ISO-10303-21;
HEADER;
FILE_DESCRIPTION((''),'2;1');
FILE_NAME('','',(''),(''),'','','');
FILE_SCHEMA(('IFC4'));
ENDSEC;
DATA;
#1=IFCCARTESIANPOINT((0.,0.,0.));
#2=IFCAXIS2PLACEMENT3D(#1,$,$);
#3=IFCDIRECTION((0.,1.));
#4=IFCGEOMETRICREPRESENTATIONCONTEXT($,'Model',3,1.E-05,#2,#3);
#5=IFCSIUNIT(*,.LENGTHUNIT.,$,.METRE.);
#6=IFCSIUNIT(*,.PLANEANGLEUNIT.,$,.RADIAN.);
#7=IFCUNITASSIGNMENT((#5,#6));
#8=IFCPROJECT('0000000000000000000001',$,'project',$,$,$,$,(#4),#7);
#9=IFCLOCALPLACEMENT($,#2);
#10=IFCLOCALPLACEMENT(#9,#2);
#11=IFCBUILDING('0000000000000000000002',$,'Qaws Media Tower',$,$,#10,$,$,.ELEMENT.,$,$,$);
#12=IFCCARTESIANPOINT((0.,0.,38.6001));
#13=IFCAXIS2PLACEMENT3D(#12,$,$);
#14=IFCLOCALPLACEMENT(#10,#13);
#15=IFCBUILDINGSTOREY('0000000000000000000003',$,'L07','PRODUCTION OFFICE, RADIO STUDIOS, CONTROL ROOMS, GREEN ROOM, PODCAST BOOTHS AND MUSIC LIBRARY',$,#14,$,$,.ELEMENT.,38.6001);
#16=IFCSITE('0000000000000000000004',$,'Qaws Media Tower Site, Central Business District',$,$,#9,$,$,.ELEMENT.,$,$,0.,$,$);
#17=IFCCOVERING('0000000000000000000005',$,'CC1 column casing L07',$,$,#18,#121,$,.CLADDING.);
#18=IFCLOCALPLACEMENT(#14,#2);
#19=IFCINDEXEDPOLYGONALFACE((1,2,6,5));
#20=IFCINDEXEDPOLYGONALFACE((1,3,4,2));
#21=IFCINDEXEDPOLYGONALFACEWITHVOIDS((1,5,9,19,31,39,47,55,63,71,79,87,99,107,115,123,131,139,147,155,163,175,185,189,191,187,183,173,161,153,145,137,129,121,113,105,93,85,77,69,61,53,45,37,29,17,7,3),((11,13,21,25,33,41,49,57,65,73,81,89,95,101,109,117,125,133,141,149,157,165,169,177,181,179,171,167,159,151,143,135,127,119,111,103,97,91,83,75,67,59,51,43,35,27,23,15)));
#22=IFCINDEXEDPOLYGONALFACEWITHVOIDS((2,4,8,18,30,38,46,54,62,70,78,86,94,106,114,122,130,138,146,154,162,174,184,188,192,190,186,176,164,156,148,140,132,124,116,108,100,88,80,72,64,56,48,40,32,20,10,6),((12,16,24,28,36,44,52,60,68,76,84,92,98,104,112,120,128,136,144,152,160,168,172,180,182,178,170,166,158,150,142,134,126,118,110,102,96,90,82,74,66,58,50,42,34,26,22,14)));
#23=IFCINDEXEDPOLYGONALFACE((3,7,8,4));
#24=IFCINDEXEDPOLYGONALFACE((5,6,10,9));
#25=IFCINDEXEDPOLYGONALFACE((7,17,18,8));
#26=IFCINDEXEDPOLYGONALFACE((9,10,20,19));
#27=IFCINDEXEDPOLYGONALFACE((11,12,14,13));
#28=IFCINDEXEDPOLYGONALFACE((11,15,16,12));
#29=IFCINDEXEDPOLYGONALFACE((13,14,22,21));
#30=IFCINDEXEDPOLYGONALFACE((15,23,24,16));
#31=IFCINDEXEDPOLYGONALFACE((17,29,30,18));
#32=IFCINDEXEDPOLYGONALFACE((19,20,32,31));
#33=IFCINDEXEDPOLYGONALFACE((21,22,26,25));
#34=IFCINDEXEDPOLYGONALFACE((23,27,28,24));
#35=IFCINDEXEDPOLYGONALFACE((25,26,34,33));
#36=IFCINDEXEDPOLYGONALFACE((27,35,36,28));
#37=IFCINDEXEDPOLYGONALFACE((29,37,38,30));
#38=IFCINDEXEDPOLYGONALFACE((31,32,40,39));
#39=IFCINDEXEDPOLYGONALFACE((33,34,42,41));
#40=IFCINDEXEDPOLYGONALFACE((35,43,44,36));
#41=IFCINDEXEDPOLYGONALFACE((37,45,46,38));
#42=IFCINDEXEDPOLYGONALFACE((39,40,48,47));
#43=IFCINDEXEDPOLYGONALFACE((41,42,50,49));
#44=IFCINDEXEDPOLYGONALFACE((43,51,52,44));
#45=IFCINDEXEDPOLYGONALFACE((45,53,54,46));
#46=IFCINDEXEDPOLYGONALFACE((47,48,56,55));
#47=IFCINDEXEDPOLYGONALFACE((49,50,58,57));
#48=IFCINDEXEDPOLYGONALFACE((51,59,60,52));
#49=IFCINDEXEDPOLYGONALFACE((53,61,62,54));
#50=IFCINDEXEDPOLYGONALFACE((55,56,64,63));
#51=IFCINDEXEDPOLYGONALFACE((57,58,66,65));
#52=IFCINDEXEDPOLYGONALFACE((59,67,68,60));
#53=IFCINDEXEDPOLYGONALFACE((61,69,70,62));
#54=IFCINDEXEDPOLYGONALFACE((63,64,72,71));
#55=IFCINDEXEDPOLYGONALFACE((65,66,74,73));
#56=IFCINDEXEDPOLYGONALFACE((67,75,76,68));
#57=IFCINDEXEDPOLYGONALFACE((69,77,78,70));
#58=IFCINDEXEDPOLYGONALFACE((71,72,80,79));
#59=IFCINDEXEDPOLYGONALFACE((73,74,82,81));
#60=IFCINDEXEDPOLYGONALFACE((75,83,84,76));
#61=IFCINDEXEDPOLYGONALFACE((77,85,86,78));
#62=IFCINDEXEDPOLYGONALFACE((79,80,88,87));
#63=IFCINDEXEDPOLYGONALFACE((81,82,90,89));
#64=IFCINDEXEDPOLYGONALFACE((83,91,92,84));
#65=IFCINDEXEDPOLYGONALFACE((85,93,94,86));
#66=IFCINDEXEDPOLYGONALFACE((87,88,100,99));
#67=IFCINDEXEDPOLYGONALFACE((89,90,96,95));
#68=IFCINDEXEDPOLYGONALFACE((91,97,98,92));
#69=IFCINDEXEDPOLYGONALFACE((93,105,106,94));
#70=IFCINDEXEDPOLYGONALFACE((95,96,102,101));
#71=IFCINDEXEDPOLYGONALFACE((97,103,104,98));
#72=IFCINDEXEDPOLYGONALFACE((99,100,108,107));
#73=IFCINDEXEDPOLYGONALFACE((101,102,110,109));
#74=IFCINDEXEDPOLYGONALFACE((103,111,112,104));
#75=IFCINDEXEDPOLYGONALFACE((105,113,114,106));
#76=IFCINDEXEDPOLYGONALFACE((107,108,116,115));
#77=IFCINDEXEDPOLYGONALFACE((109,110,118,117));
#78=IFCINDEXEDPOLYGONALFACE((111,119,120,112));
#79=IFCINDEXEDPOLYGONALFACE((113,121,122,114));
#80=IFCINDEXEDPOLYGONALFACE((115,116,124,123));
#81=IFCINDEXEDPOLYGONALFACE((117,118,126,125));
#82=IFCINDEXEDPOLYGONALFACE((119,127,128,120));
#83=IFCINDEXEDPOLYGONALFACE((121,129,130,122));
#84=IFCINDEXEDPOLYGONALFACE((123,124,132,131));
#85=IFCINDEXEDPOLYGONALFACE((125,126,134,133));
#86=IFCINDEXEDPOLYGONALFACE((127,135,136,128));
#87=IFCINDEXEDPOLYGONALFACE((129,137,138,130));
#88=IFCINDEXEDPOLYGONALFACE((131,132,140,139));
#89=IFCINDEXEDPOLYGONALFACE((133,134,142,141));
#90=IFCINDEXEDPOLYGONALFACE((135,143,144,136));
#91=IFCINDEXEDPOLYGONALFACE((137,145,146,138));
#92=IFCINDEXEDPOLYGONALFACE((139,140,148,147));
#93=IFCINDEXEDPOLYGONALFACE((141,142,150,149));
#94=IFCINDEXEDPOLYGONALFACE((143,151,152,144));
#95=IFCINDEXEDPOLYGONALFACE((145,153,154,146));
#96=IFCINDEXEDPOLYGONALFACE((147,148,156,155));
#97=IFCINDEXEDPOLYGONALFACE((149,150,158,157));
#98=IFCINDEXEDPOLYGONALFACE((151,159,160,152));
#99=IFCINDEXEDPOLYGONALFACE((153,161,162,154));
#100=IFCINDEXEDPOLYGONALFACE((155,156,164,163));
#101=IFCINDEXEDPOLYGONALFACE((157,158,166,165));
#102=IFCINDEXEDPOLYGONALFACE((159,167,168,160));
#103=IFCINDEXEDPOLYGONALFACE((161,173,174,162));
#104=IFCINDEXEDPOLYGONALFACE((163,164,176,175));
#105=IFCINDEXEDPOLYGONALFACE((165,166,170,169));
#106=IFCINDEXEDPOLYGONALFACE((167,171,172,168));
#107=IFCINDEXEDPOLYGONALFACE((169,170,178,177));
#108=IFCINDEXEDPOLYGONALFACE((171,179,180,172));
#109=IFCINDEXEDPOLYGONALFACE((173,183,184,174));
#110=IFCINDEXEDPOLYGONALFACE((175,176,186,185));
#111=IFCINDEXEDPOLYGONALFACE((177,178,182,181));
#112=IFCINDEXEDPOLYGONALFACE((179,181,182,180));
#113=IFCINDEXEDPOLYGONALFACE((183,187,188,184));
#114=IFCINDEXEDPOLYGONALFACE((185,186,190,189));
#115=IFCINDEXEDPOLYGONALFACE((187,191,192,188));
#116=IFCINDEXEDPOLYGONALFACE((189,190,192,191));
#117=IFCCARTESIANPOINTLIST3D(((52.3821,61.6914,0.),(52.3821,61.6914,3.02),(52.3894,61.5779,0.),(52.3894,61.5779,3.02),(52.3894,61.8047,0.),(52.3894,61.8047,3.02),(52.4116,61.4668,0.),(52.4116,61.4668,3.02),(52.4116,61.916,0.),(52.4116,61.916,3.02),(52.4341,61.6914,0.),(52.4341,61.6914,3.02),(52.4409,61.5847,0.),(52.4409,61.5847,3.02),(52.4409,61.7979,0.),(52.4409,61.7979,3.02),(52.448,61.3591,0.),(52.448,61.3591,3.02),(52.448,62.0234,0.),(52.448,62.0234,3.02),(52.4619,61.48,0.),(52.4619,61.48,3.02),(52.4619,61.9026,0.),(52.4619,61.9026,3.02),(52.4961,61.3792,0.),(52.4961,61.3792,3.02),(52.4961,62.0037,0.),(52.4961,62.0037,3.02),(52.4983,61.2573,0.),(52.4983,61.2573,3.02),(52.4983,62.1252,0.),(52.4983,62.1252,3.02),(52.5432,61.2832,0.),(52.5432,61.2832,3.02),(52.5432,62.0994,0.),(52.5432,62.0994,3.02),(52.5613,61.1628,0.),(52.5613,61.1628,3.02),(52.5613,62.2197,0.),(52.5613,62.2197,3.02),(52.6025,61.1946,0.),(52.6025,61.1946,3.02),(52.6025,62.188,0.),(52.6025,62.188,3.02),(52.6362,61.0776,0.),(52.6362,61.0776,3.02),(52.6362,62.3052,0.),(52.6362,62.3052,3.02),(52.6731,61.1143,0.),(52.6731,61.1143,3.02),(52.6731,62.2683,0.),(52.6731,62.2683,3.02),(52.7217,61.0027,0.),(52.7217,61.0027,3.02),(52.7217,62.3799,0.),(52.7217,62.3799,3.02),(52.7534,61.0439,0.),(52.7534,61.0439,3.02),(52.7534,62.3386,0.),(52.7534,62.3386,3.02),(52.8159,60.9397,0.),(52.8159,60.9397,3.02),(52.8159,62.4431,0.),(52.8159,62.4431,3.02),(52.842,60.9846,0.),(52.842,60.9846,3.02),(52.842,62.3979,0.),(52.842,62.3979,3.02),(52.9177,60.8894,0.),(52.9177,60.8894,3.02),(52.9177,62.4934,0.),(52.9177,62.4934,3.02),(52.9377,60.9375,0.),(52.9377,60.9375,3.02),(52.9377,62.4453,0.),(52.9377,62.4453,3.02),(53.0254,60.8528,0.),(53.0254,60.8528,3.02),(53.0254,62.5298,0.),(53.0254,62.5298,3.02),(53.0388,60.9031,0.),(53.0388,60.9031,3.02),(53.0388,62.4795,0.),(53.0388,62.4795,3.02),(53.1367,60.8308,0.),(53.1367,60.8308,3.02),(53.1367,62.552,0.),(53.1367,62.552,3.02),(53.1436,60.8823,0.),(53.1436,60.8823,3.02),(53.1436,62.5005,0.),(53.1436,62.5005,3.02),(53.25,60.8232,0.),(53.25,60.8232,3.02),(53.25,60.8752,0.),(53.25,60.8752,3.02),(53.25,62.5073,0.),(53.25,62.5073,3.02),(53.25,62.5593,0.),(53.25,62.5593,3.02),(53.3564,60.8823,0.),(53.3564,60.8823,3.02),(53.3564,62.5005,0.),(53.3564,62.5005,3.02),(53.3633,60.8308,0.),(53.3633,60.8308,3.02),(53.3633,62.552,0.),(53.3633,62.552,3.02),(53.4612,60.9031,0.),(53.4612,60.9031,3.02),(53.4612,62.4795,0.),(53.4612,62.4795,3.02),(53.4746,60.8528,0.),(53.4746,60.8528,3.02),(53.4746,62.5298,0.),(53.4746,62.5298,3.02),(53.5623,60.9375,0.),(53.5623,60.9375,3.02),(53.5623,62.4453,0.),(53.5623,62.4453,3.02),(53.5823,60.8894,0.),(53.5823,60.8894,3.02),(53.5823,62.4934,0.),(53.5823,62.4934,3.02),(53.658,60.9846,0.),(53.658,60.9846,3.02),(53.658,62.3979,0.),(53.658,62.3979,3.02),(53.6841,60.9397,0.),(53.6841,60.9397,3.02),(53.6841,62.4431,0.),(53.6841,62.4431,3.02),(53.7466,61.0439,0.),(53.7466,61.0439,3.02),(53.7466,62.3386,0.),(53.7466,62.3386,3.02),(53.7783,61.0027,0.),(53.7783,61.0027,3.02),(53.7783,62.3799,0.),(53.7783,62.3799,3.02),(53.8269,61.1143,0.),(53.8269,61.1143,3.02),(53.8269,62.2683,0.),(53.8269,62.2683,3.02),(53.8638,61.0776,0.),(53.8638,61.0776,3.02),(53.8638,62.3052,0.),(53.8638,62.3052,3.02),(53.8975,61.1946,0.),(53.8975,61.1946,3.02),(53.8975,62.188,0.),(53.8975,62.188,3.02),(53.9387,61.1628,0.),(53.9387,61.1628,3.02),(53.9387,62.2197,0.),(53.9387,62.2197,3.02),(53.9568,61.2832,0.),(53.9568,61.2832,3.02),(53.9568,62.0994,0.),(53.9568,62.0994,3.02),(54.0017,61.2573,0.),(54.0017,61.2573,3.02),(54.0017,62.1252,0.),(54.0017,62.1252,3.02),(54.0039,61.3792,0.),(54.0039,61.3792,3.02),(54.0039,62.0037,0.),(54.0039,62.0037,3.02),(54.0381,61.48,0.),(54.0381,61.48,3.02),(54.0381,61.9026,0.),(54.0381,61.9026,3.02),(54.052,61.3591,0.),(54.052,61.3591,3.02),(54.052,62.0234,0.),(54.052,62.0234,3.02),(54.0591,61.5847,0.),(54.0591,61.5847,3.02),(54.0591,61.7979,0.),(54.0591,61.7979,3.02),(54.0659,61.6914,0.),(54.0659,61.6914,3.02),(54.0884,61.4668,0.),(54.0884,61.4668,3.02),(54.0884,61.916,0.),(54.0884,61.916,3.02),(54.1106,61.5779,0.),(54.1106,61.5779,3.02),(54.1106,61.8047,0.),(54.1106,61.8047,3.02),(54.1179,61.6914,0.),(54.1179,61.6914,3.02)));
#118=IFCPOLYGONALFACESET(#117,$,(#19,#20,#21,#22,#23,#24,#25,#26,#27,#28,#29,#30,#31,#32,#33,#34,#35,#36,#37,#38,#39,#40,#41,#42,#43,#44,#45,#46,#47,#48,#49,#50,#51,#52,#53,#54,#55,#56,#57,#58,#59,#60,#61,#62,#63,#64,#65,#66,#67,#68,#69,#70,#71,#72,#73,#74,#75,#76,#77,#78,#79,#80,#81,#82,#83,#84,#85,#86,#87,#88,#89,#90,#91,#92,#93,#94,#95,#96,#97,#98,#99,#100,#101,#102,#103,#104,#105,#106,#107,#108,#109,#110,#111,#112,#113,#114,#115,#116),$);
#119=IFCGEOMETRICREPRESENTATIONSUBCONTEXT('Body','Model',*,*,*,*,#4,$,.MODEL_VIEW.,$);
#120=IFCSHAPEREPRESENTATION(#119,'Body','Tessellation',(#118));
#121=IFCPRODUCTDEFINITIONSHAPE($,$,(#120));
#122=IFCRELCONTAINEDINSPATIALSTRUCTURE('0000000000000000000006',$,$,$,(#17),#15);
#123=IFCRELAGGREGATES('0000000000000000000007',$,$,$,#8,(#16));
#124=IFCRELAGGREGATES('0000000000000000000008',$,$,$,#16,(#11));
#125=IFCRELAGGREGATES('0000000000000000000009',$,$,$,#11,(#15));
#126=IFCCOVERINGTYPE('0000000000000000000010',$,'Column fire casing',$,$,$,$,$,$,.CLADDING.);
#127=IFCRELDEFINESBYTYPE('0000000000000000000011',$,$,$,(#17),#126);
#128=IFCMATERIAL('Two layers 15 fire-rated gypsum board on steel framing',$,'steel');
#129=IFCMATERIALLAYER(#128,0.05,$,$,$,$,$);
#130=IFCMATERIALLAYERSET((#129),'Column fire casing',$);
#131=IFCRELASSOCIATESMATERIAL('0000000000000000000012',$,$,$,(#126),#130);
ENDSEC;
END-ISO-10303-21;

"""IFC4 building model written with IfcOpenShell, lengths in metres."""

from ifc_helpers import new_model, si_unit, direction, frame, origin, place, context, subcontext, project, spatial, polyline, outline, extrude, material, layer, layer_set, type_object, element, save


model = new_model("IFC4")

# Units and contexts
model_context = context("Model", 3, precision=1e-05, world=origin(), true_north=direction((0.0, 1.0)))
body_context = subcontext(model_context, "Body", "Model", "MODEL_VIEW")
ifc_project = project(units=[si_unit("LENGTHUNIT", "METRE"), si_unit("PLANEANGLEUNIT", "RADIAN")], contexts=[model_context])

# Site, building, storey
site_placement = place(None, origin())
site = spatial("IfcSite", under=ifc_project, at=site_placement, Name="Qaws Media Tower Site, Central Business District", CompositionType="ELEMENT", RefElevation=0.0)
building_placement = place(site_placement, origin())
building = spatial("IfcBuilding", under=site, at=building_placement, Name="Qaws Media Tower", CompositionType="ELEMENT")
storey_placement = place(building_placement, frame((0.0, 0.0, 38.6001)))
storey = spatial("IfcBuildingStorey", under=building, at=storey_placement, Name="L07", Description="PRODUCTION OFFICE, RADIO STUDIOS, CONTROL ROOMS, GREEN ROOM, PODCAST BOOTHS AND MUSIC LIBRARY", CompositionType="ELEMENT", Elevation=38.6001)

# Covering
ifc_material_1 = material(Name="Two layers 15 fire-rated gypsum board on steel framing", Category="steel")
ifc_layer_1 = layer(ifc_material_1, 0.05)
ifc_layer_set_1 = layer_set([ifc_layer_1], Name="Column fire casing")
covering_type = type_object("IfcCoveringType", Name="Column fire casing", PredefinedType="CLADDING", material=ifc_layer_set_1)
covering_1_placement = place(storey_placement, origin())
element("IfcCovering", 1, at=covering_1_placement, inside=storey, type_object=covering_type, Name="CC1 column casing L07", PredefinedType="CLADDING", context=body_context, shape_type="SweptSolid", body=[
    extrude(outline(polyline([(54.1179, 61.6914), (54.1106, 61.5779), (54.0884, 61.4668), (54.052, 61.3591), (54.0017, 61.2573), (53.9387, 61.1628), (53.8638, 61.0776), (53.7783, 61.0027), (53.6841, 60.9397), (53.5823, 60.8894), (53.4746, 60.8528), (53.3633, 60.8308), (53.25, 60.8232), (53.1367, 60.8308), (53.0254, 60.8528), (52.9177, 60.8894), (52.8159, 60.9397), (52.7217, 61.0027), (52.6362, 61.0776), (52.5613, 61.1628), (52.4983, 61.2573), (52.448, 61.3591), (52.4116, 61.4668), (52.3894, 61.5779), (52.3821, 61.6914), (52.3894, 61.8047), (52.4116, 61.916), (52.448, 62.0234), (52.4983, 62.1252), (52.5613, 62.2197), (52.6362, 62.3052), (52.7217, 62.3799), (52.8159, 62.4431), (52.9177, 62.4934), (53.0254, 62.5298), (53.1367, 62.552), (53.25, 62.5593), (53.3633, 62.552), (53.4746, 62.5298), (53.5823, 62.4934), (53.6841, 62.4431), (53.7783, 62.3799), (53.8638, 62.3052), (53.9387, 62.2197), (54.0017, 62.1252), (54.052, 62.0234), (54.0884, 61.916), (54.1106, 61.8047), (54.1179, 61.6914)]), holes=[polyline([(54.0659, 61.6914), (54.0591, 61.5847), (54.0381, 61.48), (54.0039, 61.3792), (53.9568, 61.2832), (53.8975, 61.1946), (53.8269, 61.1143), (53.7466, 61.0439), (53.658, 60.9846), (53.5623, 60.9375), (53.4612, 60.9031), (53.3564, 60.8823), (53.25, 60.8752), (53.1436, 60.8823), (53.0388, 60.9031), (52.9377, 60.9375), (52.842, 60.9846), (52.7534, 61.0439), (52.6731, 61.1143), (52.6025, 61.1946), (52.5432, 61.2832), (52.4961, 61.3792), (52.4619, 61.48), (52.4409, 61.5847), (52.4341, 61.6914), (52.4409, 61.7979), (52.4619, 61.9026), (52.4961, 62.0037), (52.5432, 62.0994), (52.6025, 62.188), (52.6731, 62.2683), (52.7534, 62.3386), (52.842, 62.3979), (52.9377, 62.4453), (53.0388, 62.4795), (53.1436, 62.5005), (53.25, 62.5073), (53.3564, 62.5005), (53.4612, 62.4795), (53.5623, 62.4453), (53.658, 62.3979), (53.7466, 62.3386), (53.8269, 62.2683), (53.8975, 62.188), (53.9568, 62.0994), (54.0039, 62.0037), (54.0381, 61.9026), (54.0591, 61.7979), (54.0659, 61.6914)])]), origin(), (0.0, 0.0, 1.0), 3.02),
])

save(model, "model.ifc")
